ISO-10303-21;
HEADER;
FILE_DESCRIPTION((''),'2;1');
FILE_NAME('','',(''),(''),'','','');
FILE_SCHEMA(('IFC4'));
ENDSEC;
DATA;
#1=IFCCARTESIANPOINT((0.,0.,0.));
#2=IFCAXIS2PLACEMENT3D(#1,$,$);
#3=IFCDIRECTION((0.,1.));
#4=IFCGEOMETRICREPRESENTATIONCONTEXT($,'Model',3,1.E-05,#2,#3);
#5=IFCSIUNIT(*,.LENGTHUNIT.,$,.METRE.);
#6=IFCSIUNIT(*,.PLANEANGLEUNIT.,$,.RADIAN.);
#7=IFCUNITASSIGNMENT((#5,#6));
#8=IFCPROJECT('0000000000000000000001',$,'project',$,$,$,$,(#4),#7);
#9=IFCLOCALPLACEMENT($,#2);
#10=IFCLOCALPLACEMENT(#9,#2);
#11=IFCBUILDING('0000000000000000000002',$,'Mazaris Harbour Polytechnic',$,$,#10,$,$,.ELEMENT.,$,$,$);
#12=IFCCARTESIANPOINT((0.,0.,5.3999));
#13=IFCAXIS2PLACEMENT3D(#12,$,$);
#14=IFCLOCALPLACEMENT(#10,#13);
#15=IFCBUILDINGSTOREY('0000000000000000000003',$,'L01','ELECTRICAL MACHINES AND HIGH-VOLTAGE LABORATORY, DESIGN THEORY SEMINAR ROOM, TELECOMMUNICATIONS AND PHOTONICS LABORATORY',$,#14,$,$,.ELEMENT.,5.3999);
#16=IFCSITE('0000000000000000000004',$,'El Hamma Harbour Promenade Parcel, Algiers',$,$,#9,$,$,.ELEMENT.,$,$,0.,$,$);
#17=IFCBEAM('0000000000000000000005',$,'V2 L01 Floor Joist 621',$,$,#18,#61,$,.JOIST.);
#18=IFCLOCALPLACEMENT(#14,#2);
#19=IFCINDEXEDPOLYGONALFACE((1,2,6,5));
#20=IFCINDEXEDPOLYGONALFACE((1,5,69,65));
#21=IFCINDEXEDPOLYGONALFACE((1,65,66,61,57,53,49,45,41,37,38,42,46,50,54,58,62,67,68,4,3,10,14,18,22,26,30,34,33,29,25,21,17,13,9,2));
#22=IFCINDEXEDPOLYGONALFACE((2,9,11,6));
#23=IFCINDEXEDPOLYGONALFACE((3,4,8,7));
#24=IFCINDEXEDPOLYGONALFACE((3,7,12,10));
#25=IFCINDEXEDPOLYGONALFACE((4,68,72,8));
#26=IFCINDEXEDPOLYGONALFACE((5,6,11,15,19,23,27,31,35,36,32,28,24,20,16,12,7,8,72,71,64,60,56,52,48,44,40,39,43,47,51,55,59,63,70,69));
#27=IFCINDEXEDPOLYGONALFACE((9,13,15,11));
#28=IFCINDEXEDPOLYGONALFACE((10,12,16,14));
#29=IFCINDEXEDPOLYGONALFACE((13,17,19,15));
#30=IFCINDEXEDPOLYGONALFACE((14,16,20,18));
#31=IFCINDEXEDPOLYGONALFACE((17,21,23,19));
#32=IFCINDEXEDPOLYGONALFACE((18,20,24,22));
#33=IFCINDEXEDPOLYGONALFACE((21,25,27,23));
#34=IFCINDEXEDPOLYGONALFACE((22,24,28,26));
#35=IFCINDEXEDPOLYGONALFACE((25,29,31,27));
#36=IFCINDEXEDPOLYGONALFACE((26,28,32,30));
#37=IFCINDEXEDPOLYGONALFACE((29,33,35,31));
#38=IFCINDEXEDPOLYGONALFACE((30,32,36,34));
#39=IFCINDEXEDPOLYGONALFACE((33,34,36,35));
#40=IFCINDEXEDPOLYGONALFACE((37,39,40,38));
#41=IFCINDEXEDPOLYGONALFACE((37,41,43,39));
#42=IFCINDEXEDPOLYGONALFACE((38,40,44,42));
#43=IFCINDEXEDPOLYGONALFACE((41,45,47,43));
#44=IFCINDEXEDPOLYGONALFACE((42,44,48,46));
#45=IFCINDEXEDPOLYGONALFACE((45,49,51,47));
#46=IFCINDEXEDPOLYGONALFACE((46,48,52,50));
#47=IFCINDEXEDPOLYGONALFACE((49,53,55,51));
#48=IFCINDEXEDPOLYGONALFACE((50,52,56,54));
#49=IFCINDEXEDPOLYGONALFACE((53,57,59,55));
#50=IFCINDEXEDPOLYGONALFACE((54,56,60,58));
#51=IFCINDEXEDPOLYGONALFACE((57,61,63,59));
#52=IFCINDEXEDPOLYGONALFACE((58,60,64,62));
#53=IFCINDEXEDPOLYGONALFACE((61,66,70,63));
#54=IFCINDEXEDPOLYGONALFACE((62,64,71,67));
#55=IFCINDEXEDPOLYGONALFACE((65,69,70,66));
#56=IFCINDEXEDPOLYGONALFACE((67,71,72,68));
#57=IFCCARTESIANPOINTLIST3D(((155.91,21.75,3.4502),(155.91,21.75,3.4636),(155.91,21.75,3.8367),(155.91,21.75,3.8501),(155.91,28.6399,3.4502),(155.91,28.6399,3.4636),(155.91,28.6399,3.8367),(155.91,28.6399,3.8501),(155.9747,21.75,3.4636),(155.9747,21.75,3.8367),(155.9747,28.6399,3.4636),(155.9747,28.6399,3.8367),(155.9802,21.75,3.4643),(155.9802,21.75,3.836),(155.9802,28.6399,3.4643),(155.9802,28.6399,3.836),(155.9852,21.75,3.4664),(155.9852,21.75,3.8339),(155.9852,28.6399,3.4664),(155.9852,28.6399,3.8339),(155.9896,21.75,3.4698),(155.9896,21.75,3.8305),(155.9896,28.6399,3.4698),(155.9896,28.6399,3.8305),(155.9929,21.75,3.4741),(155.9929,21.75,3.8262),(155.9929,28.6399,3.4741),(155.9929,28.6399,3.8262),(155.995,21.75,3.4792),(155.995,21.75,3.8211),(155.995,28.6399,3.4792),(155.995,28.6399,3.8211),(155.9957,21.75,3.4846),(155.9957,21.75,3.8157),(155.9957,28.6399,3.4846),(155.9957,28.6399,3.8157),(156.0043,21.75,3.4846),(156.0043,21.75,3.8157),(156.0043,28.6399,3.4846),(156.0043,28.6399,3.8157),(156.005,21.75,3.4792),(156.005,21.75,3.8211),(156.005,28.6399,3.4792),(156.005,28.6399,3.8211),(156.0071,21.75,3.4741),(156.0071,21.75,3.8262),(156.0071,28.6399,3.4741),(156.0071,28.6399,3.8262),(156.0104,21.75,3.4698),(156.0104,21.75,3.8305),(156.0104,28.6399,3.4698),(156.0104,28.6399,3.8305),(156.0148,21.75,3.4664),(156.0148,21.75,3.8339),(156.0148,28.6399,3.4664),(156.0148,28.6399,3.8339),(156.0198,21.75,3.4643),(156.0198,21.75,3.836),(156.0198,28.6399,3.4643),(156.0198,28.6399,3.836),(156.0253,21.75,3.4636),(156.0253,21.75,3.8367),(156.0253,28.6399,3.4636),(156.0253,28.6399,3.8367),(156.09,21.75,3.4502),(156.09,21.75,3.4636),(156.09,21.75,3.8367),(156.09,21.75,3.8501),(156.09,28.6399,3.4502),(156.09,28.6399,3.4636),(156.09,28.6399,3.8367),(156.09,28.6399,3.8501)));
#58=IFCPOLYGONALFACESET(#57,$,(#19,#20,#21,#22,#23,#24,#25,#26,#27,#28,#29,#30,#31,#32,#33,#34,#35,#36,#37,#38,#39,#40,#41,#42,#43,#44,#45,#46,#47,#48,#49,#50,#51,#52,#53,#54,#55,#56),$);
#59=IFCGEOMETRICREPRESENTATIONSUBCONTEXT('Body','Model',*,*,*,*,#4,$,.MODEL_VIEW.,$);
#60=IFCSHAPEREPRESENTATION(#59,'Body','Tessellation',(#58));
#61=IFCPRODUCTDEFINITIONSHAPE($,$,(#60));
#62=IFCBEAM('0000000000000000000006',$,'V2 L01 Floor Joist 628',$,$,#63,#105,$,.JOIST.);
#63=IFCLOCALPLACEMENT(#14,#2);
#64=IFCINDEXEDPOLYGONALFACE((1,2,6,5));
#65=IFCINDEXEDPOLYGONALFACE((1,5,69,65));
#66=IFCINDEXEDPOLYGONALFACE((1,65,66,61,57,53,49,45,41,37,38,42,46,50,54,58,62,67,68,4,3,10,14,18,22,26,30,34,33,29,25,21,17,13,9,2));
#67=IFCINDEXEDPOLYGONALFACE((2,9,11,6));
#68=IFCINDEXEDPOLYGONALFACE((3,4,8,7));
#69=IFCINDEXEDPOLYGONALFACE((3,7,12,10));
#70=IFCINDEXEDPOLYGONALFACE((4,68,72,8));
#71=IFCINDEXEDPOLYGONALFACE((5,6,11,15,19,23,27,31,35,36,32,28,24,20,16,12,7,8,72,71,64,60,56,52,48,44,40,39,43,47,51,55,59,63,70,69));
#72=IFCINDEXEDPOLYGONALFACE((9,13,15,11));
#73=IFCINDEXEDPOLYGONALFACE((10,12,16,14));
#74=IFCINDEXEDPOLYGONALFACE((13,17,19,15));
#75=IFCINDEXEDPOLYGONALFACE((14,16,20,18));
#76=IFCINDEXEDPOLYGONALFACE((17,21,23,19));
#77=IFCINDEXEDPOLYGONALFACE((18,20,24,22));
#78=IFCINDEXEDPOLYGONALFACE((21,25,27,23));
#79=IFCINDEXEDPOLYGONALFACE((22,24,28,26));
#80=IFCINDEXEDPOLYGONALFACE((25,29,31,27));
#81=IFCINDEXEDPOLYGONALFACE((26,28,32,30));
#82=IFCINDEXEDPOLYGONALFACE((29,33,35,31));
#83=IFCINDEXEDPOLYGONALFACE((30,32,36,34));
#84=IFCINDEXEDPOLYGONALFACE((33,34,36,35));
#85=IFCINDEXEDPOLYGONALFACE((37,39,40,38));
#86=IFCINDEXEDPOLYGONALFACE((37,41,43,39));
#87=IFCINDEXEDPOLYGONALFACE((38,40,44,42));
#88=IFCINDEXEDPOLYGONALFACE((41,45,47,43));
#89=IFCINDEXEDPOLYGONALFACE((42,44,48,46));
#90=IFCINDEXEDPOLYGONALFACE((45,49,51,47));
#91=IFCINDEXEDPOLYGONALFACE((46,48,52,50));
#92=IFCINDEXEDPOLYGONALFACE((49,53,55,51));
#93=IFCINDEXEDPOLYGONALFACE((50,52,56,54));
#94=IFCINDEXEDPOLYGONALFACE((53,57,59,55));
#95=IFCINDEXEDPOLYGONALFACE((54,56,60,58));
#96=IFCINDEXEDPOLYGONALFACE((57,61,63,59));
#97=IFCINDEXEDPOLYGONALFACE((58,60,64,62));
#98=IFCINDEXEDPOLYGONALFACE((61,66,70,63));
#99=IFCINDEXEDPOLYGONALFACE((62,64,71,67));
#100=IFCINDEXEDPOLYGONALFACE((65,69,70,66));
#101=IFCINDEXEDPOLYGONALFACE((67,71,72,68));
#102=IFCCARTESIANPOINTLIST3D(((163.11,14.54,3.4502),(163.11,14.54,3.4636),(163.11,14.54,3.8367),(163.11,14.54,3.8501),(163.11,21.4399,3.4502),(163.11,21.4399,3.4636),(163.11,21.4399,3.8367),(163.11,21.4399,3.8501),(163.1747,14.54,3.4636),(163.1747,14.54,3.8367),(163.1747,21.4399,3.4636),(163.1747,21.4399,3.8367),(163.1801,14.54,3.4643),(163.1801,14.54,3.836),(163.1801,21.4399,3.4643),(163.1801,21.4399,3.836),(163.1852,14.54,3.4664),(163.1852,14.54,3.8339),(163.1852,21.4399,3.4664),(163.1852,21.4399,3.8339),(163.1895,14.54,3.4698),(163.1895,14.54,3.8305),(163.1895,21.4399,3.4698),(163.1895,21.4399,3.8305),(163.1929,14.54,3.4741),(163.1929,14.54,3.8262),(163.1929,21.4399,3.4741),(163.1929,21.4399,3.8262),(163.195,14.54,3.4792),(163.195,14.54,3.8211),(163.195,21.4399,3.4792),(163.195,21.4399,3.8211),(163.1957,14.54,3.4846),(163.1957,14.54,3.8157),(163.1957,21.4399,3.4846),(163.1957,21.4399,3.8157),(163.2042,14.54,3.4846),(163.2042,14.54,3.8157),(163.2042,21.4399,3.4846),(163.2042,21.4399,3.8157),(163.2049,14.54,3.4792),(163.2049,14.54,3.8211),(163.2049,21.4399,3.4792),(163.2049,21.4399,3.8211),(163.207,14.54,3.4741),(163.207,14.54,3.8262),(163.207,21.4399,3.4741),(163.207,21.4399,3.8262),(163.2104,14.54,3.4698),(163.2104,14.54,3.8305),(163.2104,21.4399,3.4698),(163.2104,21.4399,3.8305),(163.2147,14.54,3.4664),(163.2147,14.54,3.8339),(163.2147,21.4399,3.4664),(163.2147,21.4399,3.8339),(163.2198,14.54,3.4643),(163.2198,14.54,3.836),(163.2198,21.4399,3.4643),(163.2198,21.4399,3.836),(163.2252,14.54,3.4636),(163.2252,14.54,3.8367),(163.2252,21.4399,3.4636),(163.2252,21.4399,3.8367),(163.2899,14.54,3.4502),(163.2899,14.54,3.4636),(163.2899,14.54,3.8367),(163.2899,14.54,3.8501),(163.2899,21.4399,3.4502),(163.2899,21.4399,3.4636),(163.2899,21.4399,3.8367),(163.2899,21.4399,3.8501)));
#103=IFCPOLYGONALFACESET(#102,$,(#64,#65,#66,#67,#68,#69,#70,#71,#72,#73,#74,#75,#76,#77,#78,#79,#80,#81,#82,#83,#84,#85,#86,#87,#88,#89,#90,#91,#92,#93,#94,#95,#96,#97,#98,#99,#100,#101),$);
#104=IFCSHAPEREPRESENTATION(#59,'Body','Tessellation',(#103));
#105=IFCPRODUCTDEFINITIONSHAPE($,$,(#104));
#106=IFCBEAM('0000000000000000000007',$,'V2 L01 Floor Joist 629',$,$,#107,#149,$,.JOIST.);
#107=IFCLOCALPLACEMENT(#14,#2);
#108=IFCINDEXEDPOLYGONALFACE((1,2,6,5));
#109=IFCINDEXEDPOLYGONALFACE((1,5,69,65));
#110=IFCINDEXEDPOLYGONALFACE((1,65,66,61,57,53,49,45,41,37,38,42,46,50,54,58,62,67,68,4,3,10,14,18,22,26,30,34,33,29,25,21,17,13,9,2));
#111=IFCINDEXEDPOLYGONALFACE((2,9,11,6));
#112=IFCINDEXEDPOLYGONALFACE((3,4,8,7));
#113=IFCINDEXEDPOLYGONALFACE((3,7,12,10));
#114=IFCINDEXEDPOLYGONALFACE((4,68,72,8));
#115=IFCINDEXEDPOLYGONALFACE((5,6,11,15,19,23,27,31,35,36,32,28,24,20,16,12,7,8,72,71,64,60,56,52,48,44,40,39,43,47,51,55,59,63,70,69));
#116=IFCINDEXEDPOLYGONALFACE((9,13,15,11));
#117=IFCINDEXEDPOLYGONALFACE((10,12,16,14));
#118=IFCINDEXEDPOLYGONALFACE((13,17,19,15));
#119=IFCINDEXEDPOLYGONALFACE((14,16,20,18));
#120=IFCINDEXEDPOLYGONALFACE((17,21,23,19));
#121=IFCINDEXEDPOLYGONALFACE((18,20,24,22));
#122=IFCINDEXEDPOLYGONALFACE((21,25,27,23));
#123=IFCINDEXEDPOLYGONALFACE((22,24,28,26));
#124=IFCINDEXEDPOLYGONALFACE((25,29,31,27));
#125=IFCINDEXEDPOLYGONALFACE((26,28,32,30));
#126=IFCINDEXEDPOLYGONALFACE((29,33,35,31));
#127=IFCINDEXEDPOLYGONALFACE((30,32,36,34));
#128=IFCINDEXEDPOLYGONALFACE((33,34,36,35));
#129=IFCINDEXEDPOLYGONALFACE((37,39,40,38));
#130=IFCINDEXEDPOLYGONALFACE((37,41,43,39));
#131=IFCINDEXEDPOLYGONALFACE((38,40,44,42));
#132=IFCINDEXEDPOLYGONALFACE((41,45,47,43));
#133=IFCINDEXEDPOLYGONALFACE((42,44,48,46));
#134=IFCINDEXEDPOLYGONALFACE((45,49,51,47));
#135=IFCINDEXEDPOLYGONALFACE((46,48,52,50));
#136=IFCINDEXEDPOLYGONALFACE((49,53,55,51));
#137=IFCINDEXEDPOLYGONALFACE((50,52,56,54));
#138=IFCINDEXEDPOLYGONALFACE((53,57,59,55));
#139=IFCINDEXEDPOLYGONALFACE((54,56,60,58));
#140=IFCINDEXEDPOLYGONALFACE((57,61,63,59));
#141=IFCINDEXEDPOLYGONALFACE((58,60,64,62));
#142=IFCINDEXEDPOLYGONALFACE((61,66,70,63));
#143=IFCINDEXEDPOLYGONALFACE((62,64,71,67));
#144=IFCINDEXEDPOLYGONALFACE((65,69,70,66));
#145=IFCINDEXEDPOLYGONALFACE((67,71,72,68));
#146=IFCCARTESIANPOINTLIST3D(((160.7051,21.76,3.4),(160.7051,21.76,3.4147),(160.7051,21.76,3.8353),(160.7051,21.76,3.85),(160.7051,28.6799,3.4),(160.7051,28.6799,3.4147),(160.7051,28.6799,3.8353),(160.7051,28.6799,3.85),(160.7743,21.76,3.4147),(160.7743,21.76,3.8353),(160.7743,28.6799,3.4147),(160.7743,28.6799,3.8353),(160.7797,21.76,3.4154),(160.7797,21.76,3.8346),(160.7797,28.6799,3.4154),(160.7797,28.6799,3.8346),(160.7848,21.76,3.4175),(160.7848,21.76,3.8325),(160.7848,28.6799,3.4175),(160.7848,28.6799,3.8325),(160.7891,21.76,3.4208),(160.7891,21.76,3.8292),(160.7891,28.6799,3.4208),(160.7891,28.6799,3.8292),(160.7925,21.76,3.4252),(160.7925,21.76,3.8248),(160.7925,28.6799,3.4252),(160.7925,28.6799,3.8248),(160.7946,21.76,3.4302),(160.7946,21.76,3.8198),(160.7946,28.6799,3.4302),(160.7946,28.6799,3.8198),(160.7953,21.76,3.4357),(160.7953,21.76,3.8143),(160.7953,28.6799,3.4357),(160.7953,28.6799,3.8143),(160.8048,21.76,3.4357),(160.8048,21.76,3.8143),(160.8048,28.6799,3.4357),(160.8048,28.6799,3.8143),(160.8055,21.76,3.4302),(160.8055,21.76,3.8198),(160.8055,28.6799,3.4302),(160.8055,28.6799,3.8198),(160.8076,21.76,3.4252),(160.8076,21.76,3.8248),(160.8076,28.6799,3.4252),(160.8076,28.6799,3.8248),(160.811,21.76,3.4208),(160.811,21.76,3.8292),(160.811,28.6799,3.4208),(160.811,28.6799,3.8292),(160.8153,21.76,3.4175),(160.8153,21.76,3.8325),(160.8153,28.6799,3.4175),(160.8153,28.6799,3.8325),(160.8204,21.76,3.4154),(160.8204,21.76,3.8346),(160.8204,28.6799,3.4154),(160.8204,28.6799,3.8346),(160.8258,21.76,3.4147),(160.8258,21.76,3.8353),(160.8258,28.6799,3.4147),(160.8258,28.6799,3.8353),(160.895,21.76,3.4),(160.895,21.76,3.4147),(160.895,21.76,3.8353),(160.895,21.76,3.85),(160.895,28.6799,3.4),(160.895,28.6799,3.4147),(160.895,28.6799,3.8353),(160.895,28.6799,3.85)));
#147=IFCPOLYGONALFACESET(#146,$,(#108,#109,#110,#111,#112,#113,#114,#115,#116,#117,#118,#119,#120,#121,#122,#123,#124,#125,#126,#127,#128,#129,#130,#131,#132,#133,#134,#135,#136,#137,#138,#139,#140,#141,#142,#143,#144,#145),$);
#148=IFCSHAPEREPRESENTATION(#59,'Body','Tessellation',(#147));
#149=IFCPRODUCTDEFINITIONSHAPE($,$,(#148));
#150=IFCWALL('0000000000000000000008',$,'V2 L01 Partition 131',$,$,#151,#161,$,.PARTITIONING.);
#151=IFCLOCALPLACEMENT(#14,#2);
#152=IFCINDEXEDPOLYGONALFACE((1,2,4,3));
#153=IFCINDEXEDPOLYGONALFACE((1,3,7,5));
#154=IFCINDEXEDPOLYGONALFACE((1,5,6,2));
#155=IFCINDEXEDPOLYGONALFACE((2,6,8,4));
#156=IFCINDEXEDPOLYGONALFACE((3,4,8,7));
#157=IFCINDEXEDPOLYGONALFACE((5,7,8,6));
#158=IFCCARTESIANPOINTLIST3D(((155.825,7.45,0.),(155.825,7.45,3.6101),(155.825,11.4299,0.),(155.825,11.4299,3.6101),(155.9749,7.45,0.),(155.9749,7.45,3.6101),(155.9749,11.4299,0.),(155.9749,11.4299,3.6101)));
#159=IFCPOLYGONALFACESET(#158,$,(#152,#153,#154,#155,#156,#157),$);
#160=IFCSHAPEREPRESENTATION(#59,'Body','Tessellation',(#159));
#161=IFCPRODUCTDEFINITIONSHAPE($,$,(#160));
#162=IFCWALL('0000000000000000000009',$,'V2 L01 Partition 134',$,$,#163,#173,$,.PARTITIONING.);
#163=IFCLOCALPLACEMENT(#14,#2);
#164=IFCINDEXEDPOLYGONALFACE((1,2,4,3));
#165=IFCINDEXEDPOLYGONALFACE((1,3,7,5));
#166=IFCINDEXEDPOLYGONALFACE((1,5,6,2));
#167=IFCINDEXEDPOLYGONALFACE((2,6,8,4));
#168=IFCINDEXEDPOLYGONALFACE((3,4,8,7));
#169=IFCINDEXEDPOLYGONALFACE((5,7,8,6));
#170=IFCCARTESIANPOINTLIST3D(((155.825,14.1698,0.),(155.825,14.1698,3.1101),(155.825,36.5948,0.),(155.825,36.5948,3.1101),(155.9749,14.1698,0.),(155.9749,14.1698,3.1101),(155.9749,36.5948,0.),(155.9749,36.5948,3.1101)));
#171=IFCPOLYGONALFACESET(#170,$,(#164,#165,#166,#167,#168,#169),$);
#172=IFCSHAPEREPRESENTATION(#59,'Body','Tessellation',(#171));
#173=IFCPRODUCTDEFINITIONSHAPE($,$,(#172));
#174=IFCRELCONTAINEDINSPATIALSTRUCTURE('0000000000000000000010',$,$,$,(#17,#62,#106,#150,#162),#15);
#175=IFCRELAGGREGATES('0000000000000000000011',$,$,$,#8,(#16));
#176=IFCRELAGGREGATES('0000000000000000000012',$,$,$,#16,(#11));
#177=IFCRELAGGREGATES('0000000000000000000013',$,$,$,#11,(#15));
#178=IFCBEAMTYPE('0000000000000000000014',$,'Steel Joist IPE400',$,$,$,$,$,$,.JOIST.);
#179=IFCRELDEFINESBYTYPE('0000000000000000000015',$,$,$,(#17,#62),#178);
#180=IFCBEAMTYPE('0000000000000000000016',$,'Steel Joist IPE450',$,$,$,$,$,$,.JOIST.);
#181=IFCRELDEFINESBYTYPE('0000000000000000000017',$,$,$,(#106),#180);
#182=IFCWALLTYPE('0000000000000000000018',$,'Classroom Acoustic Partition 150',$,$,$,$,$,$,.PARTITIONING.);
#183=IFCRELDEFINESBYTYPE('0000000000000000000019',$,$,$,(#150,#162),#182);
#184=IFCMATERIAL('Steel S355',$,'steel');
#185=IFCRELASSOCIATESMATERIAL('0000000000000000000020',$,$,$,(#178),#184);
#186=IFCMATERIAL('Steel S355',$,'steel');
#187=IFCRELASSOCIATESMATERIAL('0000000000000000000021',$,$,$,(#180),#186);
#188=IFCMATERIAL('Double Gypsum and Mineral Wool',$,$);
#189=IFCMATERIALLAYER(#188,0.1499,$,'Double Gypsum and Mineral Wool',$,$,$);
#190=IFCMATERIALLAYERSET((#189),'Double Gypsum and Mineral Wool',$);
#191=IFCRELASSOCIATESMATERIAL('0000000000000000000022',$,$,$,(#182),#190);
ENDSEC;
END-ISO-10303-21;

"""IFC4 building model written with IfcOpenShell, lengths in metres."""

from ifc_helpers import new_model, si_unit, direction, frame, frame_2d, origin, origin_2d, place, context, subcontext, project, spatial, rectangle, i_section, extrude, material, layer, layer_set, material_profile, profile_set, type_object, element, save


model = new_model("IFC4")

# Units and contexts
model_context = context("Model", 3, precision=1e-05, world=origin(), true_north=direction((0.0, 1.0)))
body_context = subcontext(model_context, "Body", "Model", "MODEL_VIEW")
ifc_project = project(units=[si_unit("LENGTHUNIT", "METRE"), si_unit("PLANEANGLEUNIT", "RADIAN")], contexts=[model_context])

# Site, building, storey
site_placement = place(None, origin())
site = spatial("IfcSite", under=ifc_project, at=site_placement, Name="El Hamma Harbour Promenade Parcel, Algiers", CompositionType="ELEMENT", RefElevation=0.0)
building_placement = place(site_placement, origin())
building = spatial("IfcBuilding", under=site, at=building_placement, Name="Mazaris Harbour Polytechnic", CompositionType="ELEMENT")
storey_placement = place(building_placement, frame((0.0, 0.0, 5.3999)))
storey = spatial("IfcBuildingStorey", under=building, at=storey_placement, Name="L01", Description="ELECTRICAL MACHINES AND HIGH-VOLTAGE LABORATORY, DESIGN THEORY SEMINAR ROOM, TELECOMMUNICATIONS AND PHOTONICS LABORATORY", CompositionType="ELEMENT", Elevation=5.3999)

# Beams
ifc_material_1 = material(Name="Steel S355", Category="steel")
ifc_material_profile_1 = material_profile(ifc_material_1, i_section(OverallWidth=0.1799, OverallDepth=0.3999, WebThickness=0.0085, FlangeThickness=0.0134, FilletRadius=0.021, at=origin_2d()), Name="IPE 400")
ifc_profile_set_1 = profile_set([ifc_material_profile_1], Name="Steel S355")
beam_type_1 = type_object("IfcBeamType", Name="Steel Joist IPE400", PredefinedType="JOIST", material=ifc_profile_set_1)
beam_1_placement = place(storey_placement, frame((156.0, 21.75, 3.6501), z_axis=(0.0, 1.0, 0.0), x_axis=(-1.0, 0.0, 0.0)))
element("IfcBeam", 1, at=beam_1_placement, inside=storey, type_object=beam_type_1, Name="V2 L01 Floor Joist 621", PredefinedType="JOIST", context=body_context, shape_type="SweptSolid", body=[
    extrude(i_section(OverallWidth=0.1799, OverallDepth=0.3999, WebThickness=0.0085, FlangeThickness=0.0134, FilletRadius=0.021, at=origin_2d()), origin(), (0.0, 0.0, 1.0), 6.8899),
])
beam_2_placement = place(storey_placement, frame((163.2, 14.54, 3.6501), z_axis=(0.0, 1.0, 0.0), x_axis=(-1.0, 0.0, 0.0)))
element("IfcBeam", 2, at=beam_2_placement, inside=storey, type_object=beam_type_1, Name="V2 L01 Floor Joist 628", PredefinedType="JOIST", context=body_context, shape_type="SweptSolid", body=[
    extrude(i_section(OverallWidth=0.1799, OverallDepth=0.3999, WebThickness=0.0085, FlangeThickness=0.0134, FilletRadius=0.021, at=origin_2d()), origin(), (0.0, 0.0, 1.0), 6.8999),
])
ifc_material_2 = material(Name="Steel S355", Category="steel")
ifc_material_profile_2 = material_profile(ifc_material_2, i_section(OverallWidth=0.1899, OverallDepth=0.45, WebThickness=0.0095, FlangeThickness=0.0146, FilletRadius=0.021, at=origin_2d()), Name="IPE 450")
ifc_profile_set_2 = profile_set([ifc_material_profile_2], Name="Steel S355")
beam_type_2 = type_object("IfcBeamType", Name="Steel Joist IPE450", PredefinedType="JOIST", material=ifc_profile_set_2)
beam_3_placement = place(storey_placement, frame((160.8, 21.76, 3.625), z_axis=(0.0, 1.0, 0.0), x_axis=(-1.0, 0.0, 0.0)))
element("IfcBeam", 3, at=beam_3_placement, inside=storey, type_object=beam_type_2, Name="V2 L01 Floor Joist 629", PredefinedType="JOIST", context=body_context, shape_type="SweptSolid", body=[
    extrude(i_section(OverallWidth=0.1899, OverallDepth=0.45, WebThickness=0.0095, FlangeThickness=0.0146, FilletRadius=0.021, at=origin_2d()), origin(), (0.0, 0.0, 1.0), 6.9199),
])

# Walls
ifc_material_3 = material(Name="Double Gypsum and Mineral Wool")
ifc_layer_1 = layer(ifc_material_3, 0.1499, Name="Double Gypsum and Mineral Wool")
ifc_layer_set_1 = layer_set([ifc_layer_1], Name="Double Gypsum and Mineral Wool")
wall_type_1 = type_object("IfcWallType", Name="Classroom Acoustic Partition 150", PredefinedType="PARTITIONING", material=ifc_layer_set_1)
wall_1_placement = place(storey_placement, frame((155.8999, 7.45, 0.0), z_axis=(0.0, 0.0, 1.0), x_axis=(0.0, 1.0, 0.0)))
element("IfcWall", 4, at=wall_1_placement, inside=storey, type_object=wall_type_1, Name="V2 L01 Partition 131", PredefinedType="PARTITIONING", context=body_context, shape_type="SweptSolid", body=[
    extrude(rectangle(XDim=3.98, YDim=0.1499, at=frame_2d((1.99, 0.0))), origin(), (0.0, 0.0, 1.0), 3.6101),
])
wall_2_placement = place(storey_placement, frame((155.8999, 14.1699, 0.0), z_axis=(0.0, 0.0, 1.0), x_axis=(0.0, 1.0, 0.0)))
element("IfcWall", 5, at=wall_2_placement, inside=storey, type_object=wall_type_1, Name="V2 L01 Partition 134", PredefinedType="PARTITIONING", context=body_context, shape_type="SweptSolid", body=[
    extrude(rectangle(XDim=22.425, YDim=0.1499, at=frame_2d((11.2124, 0.0))), origin(), (0.0, 0.0, 1.0), 3.1101),
])

save(model, "model.ifc")
